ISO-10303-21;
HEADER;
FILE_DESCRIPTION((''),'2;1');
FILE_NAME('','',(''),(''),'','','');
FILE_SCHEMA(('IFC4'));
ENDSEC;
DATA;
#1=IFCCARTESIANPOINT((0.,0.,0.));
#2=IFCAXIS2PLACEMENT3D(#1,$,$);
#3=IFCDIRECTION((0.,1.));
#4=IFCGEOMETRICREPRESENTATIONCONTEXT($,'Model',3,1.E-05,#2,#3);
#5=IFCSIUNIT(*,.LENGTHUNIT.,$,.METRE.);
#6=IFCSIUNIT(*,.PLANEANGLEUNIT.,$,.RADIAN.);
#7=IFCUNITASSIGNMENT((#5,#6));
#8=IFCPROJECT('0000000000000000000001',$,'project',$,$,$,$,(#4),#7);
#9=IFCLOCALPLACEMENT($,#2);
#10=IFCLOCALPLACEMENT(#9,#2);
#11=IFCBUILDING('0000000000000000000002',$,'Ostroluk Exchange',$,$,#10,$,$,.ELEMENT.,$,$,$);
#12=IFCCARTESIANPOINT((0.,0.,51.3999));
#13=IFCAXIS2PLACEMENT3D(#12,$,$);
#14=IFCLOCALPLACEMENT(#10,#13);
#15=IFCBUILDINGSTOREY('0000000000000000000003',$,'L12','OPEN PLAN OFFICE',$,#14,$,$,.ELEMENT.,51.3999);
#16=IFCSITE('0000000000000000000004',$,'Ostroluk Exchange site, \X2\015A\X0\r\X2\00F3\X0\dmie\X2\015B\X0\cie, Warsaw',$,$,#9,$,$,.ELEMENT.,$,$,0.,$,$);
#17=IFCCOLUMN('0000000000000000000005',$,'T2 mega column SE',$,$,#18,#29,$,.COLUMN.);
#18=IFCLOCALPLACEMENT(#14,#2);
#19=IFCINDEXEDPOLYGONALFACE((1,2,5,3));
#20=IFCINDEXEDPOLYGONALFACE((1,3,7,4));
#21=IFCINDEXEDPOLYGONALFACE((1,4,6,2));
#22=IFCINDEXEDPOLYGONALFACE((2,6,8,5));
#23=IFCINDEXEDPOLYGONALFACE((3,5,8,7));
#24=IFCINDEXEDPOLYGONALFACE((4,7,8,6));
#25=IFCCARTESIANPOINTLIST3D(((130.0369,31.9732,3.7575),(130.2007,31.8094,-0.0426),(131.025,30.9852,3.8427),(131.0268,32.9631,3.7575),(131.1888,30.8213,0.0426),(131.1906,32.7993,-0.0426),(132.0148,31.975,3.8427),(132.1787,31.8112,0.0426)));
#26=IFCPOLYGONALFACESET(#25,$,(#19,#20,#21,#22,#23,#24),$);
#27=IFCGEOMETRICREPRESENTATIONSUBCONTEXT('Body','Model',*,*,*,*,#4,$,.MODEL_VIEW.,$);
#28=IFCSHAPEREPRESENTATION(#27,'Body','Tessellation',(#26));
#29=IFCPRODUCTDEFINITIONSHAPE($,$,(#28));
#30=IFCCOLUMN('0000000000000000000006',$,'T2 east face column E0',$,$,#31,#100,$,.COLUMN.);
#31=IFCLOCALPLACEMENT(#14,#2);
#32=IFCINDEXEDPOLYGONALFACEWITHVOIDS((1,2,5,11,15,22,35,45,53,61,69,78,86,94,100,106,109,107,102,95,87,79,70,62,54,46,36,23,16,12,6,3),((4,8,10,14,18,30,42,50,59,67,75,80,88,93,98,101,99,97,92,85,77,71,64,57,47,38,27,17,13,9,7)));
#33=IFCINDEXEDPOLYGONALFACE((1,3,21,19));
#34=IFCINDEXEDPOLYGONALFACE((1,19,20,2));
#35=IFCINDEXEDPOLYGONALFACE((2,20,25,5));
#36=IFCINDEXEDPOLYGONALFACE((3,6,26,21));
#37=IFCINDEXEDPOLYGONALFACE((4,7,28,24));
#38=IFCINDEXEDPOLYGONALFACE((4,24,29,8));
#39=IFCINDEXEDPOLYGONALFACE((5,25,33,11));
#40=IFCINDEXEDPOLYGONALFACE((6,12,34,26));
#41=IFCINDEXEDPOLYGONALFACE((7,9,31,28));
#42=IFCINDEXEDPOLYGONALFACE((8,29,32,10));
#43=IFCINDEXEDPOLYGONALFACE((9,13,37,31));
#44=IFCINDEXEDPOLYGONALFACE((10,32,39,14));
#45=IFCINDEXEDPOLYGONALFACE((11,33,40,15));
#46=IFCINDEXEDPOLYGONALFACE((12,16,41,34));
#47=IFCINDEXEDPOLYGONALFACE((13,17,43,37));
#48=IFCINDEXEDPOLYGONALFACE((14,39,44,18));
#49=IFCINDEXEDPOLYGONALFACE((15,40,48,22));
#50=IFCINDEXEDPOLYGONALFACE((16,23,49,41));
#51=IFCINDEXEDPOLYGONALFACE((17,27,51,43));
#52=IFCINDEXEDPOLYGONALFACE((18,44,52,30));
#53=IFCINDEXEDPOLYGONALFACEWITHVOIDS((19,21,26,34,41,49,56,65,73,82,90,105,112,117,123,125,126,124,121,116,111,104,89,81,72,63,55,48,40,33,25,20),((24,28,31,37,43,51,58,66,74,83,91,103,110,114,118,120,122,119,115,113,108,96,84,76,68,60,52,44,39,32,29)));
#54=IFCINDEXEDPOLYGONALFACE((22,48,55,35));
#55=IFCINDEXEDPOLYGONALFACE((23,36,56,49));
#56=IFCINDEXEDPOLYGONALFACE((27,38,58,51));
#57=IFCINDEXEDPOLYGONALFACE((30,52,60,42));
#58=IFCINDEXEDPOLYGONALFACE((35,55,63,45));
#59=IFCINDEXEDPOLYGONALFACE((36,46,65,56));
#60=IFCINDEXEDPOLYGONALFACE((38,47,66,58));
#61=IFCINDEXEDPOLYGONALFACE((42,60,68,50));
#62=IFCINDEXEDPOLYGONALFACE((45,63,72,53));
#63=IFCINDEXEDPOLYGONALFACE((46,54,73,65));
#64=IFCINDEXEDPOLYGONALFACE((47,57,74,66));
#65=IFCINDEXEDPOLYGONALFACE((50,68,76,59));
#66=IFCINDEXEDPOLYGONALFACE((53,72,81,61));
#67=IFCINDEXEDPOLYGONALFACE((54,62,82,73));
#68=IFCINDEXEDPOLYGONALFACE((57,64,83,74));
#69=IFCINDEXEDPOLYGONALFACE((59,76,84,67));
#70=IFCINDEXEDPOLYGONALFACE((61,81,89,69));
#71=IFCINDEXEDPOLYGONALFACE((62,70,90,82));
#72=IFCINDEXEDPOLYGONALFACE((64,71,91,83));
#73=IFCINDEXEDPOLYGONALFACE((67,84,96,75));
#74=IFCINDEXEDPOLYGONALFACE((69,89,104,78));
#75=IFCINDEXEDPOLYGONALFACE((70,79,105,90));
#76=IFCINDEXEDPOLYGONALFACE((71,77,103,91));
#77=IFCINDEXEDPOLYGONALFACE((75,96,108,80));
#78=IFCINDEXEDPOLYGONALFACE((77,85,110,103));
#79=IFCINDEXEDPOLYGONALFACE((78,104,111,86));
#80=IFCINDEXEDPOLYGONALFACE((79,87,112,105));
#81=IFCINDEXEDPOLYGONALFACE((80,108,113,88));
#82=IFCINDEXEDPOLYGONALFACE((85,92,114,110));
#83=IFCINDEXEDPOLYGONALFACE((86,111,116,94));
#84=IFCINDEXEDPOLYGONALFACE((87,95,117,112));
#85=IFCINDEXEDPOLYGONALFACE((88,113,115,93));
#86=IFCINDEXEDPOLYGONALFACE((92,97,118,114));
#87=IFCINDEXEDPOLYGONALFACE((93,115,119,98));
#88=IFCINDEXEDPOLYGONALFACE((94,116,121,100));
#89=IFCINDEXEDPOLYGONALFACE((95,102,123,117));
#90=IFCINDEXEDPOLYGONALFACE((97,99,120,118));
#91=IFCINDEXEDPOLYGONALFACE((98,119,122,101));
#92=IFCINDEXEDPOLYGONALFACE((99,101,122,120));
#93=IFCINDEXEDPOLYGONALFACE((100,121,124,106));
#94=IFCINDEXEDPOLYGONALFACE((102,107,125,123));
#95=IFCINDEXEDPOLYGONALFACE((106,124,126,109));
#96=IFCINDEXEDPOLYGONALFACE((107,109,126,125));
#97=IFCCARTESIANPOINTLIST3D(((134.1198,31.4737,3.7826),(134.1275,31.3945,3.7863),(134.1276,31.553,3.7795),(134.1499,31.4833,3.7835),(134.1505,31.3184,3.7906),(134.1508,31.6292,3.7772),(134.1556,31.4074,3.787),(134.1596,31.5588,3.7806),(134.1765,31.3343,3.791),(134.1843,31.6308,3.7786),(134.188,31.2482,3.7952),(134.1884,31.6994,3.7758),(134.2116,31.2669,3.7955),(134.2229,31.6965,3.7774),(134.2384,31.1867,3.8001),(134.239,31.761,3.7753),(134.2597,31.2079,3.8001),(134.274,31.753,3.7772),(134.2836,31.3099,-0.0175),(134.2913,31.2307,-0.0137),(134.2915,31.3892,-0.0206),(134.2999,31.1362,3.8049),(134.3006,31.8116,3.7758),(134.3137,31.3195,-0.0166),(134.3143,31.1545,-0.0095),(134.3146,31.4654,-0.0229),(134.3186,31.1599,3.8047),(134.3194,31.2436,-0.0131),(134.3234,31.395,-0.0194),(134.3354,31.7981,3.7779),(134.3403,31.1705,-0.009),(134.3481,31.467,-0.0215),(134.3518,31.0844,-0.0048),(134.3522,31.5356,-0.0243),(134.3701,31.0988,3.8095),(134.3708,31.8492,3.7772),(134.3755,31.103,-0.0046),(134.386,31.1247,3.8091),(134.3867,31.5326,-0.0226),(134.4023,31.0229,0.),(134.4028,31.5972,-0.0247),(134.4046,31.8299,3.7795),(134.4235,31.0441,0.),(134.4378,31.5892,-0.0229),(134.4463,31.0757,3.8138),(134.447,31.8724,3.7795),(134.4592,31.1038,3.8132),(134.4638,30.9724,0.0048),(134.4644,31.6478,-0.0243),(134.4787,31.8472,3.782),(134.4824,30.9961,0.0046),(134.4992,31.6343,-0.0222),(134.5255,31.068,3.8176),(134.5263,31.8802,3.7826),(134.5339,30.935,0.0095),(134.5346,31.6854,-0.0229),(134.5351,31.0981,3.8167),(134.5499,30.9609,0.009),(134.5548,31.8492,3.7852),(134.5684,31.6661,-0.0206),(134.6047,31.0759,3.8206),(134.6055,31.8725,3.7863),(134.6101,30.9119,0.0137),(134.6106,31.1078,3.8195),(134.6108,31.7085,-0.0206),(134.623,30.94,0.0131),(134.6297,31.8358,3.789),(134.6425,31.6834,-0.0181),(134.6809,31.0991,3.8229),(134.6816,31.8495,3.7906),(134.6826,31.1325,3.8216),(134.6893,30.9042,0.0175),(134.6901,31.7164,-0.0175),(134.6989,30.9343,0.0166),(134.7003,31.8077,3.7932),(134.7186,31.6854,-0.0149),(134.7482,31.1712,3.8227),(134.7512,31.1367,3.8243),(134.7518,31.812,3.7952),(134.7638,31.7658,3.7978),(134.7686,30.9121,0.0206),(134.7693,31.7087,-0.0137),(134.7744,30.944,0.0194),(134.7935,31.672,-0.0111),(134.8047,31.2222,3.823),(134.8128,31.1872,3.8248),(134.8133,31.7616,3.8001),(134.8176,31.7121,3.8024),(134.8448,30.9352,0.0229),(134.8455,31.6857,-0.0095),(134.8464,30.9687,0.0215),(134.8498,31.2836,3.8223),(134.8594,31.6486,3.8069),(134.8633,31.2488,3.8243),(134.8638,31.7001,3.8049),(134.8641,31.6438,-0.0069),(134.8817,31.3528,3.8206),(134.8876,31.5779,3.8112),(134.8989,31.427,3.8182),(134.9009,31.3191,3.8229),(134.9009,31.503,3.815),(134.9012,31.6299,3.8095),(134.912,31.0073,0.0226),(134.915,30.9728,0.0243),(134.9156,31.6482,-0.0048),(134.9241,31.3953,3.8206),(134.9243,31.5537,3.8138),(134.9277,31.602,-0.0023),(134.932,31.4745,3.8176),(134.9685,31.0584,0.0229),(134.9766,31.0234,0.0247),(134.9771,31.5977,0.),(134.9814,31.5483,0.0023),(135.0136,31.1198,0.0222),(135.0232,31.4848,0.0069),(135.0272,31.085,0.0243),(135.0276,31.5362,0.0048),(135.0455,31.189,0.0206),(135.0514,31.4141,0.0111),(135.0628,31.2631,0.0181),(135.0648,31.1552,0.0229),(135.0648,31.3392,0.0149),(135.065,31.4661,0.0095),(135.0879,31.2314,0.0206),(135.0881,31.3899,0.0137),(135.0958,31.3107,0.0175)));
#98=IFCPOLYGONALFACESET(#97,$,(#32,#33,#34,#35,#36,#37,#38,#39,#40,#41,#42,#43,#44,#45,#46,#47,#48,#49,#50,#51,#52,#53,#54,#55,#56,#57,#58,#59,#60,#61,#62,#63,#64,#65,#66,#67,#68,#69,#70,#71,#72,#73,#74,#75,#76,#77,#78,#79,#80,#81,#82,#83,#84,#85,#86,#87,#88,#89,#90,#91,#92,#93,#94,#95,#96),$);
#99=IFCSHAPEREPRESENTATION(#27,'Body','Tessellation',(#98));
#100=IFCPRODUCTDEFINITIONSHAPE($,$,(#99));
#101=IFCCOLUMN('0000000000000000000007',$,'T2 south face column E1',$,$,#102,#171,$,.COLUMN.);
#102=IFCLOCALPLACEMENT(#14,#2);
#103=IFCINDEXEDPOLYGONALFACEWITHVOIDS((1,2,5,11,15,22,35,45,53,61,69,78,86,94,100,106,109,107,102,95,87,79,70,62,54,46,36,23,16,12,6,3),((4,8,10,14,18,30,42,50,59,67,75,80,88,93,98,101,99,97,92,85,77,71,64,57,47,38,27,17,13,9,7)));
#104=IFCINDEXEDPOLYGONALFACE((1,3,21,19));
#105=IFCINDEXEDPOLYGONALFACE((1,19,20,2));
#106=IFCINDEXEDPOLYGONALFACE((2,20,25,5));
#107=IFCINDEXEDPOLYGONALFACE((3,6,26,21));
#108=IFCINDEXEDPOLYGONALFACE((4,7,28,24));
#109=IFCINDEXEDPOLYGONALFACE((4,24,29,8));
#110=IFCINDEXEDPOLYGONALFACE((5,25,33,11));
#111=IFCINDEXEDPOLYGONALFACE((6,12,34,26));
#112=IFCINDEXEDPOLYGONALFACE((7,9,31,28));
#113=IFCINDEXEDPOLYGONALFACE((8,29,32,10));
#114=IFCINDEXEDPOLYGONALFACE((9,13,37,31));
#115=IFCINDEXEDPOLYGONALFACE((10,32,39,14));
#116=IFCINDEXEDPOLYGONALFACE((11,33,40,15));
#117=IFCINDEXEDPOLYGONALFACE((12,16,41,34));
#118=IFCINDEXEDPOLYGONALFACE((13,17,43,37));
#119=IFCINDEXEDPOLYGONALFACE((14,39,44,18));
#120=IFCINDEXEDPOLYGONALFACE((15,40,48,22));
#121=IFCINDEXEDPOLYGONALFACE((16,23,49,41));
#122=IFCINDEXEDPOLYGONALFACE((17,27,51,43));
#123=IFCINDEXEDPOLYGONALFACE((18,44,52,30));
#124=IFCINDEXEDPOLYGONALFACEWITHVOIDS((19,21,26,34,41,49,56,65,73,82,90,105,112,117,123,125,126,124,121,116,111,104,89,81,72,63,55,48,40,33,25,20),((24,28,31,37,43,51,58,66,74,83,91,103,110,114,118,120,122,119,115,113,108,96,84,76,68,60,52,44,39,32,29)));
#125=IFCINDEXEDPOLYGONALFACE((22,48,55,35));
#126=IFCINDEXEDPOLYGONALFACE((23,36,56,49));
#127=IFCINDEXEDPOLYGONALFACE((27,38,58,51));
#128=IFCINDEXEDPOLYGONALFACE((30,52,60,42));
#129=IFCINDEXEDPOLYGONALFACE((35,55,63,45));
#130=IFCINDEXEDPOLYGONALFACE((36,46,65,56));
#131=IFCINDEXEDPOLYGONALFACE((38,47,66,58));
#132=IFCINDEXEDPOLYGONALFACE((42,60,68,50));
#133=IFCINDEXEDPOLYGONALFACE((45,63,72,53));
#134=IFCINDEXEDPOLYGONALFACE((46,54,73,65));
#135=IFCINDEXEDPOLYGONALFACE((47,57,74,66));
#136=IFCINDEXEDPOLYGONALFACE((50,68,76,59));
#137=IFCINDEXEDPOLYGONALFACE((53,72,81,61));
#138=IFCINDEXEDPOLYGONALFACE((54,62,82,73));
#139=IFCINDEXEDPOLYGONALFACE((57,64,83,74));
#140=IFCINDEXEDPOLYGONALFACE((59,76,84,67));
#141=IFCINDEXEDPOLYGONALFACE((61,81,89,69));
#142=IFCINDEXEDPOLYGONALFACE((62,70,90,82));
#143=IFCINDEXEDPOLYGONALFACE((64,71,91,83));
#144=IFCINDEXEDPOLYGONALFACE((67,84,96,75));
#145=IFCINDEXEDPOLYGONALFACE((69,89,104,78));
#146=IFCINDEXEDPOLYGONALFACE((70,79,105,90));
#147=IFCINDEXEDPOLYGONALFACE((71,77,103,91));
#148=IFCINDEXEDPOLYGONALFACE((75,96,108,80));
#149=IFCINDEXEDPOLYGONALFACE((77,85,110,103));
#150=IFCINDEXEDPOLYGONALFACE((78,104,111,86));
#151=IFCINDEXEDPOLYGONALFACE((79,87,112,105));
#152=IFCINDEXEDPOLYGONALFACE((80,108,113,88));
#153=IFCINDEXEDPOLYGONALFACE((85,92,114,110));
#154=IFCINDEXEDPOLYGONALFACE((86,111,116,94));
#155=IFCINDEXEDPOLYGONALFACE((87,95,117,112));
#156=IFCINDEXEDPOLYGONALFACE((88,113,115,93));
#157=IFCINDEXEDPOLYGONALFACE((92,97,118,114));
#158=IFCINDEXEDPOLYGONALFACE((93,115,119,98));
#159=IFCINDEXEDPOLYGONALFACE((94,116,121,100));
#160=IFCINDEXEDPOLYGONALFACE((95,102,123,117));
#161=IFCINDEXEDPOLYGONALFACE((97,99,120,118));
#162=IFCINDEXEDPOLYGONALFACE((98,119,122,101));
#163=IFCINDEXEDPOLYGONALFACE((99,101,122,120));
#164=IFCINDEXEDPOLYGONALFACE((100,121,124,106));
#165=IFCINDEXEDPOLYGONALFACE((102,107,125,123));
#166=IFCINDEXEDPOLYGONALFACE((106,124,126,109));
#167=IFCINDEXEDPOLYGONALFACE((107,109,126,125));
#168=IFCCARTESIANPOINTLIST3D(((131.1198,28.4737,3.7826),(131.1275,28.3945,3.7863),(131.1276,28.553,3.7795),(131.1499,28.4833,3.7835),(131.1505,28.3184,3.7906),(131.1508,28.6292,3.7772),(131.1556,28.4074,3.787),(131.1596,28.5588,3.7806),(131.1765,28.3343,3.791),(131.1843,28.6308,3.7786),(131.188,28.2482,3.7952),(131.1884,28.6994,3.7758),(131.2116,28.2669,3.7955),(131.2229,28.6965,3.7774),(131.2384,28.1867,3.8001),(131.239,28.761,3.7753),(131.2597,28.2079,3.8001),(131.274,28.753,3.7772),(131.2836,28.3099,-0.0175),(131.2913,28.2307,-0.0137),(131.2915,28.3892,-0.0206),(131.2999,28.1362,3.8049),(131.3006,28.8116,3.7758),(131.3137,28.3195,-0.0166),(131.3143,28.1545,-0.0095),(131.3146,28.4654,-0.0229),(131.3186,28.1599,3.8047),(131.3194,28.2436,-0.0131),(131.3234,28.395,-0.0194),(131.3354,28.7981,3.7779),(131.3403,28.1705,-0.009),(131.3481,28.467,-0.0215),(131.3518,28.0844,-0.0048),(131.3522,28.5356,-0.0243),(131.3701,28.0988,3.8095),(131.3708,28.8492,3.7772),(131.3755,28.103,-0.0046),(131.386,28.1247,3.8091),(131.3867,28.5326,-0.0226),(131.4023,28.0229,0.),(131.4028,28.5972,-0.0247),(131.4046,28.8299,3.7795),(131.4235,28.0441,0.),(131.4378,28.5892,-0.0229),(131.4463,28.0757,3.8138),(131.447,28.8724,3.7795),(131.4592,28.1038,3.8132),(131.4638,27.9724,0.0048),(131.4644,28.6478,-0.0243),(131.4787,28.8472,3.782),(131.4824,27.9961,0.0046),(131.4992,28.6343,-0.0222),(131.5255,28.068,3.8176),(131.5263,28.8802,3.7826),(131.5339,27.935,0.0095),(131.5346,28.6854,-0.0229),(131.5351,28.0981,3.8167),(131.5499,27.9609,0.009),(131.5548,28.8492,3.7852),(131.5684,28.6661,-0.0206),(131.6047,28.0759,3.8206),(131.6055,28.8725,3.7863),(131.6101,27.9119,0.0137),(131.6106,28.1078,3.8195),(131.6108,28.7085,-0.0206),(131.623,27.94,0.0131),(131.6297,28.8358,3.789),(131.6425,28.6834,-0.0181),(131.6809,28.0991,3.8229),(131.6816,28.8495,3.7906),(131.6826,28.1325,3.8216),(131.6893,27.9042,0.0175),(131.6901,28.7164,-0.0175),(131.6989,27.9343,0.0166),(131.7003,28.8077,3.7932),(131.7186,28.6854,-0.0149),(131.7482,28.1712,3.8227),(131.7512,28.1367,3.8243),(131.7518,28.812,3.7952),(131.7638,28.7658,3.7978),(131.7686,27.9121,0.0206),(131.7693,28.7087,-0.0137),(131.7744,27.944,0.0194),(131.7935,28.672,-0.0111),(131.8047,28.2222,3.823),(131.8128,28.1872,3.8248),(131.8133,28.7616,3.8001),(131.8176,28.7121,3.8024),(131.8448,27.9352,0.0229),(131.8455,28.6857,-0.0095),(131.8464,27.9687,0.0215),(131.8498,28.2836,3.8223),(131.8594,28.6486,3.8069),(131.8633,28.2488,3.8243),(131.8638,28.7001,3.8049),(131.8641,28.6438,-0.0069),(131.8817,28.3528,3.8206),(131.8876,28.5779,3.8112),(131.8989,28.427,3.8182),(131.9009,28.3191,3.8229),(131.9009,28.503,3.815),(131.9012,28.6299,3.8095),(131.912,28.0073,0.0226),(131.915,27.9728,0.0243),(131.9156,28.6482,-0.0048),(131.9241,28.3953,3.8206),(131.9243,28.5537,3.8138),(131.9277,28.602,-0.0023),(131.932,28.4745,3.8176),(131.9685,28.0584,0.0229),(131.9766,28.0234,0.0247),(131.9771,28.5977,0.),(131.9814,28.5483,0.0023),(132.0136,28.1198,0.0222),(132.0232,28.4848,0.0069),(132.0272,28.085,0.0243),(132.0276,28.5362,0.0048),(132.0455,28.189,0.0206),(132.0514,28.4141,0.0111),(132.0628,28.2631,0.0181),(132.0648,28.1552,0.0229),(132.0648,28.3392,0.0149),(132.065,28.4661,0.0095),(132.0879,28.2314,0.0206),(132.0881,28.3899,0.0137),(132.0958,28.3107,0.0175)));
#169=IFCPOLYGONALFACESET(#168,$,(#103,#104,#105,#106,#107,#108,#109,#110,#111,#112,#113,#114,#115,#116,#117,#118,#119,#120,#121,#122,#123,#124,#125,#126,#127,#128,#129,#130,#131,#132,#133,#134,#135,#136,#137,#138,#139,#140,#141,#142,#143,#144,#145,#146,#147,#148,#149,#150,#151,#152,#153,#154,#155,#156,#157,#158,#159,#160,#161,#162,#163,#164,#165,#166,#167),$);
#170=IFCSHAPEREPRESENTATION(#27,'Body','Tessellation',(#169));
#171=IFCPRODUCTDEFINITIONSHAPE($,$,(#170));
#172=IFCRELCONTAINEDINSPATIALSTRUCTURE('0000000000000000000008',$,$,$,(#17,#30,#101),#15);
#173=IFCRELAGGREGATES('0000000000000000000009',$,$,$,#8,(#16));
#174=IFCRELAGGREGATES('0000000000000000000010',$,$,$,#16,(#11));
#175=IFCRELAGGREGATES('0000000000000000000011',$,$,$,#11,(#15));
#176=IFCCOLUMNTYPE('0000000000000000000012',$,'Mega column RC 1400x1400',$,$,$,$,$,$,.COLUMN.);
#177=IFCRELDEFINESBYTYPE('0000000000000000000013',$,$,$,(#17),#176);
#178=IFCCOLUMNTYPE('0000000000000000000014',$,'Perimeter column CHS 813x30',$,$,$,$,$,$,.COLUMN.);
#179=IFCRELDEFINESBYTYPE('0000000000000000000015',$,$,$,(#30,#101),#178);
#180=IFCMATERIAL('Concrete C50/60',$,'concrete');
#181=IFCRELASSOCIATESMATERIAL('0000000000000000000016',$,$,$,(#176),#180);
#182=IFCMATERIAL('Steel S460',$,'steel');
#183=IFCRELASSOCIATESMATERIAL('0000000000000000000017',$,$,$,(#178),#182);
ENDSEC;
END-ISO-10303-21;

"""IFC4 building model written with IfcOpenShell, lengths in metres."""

from ifc_helpers import new_model, si_unit, direction, frame, origin, origin_2d, place, context, subcontext, project, spatial, rectangle, hollow_circle, extrude, material, material_profile, profile_set, type_object, element, save


model = new_model("IFC4")

# Units and contexts
model_context = context("Model", 3, precision=1e-05, world=origin(), true_north=direction((0.0, 1.0)))
body_context = subcontext(model_context, "Body", "Model", "MODEL_VIEW")
ifc_project = project(units=[si_unit("LENGTHUNIT", "METRE"), si_unit("PLANEANGLEUNIT", "RADIAN")], contexts=[model_context])

# Site, building, storey
site_placement = place(None, origin())
site = spatial("IfcSite", under=ifc_project, at=site_placement, Name="Ostroluk Exchange site, Śródmieście, Warsaw", CompositionType="ELEMENT", RefElevation=0.0)
building_placement = place(site_placement, origin())
building = spatial("IfcBuilding", under=site, at=building_placement, Name="Ostroluk Exchange", CompositionType="ELEMENT")
storey_placement = place(building_placement, frame((0.0, 0.0, 51.3999)))
storey = spatial("IfcBuildingStorey", under=building, at=storey_placement, Name="L12", Description="OPEN PLAN OFFICE", CompositionType="ELEMENT", Elevation=51.3999)

# Columns
ifc_material_1 = material(Name="Concrete C50/60", Category="concrete")
ifc_material_profile_1 = material_profile(ifc_material_1, rectangle(XDim=1.3999, YDim=1.3999, at=origin_2d()), Name="RC 1400x1400")
ifc_profile_set_1 = profile_set([ifc_material_profile_1], Name="Concrete C50/60")
column_type_1 = type_object("IfcColumnType", Name="Mega column RC 1400x1400", PredefinedType="COLUMN", material=ifc_profile_set_1)
column_placement = place(storey_placement, frame((131.1897, 31.8103, 0.0), z_axis=(-0.04303, 0.04303, 0.998147), x_axis=(-0.707107, -0.707107, 0.0)))
element("IfcColumn", 1, at=column_placement, inside=storey, type_object=column_type_1, Name="T2 mega column SE", PredefinedType="COLUMN", context=body_context, shape_type="SweptSolid", body=[
    extrude(rectangle(XDim=1.3999, YDim=1.3999, at=origin_2d()), origin(), (0.0, 0.0, 1.0), 3.8071),
])
ifc_material_2 = material(Name="Steel S460", Category="steel")
ifc_material_profile_2 = material_profile(ifc_material_2, hollow_circle(Radius=0.4065, WallThickness=0.03, at=origin_2d()), Name="CHS 813x30")
ifc_profile_set_2 = profile_set([ifc_material_profile_2], Name="Steel S460")
column_type_2 = type_object("IfcColumnType", Name="Perimeter column CHS 813x30", PredefinedType="COLUMN", material=ifc_profile_set_2)
for number, where, z_axis, x_axis, name in (
    (2, (134.6897, 31.3103, 0.0), (-0.04303, 0.04303, 0.998147), (-0.707107, -0.707107, 0.0), "T2 east face column E0"),
    (3, (131.6897, 28.3103, 0.0), (-0.04303, 0.04303, 0.998147), (-0.707107, -0.707107, 0.0), "T2 south face column E1"),
):
    element("IfcColumn", number, at=place(storey_placement, frame(where, z_axis=z_axis, x_axis=x_axis)), inside=storey, type_object=column_type_2, Name=name, PredefinedType="COLUMN", context=body_context, shape_type="SweptSolid", body=[
        extrude(hollow_circle(Radius=0.4065, WallThickness=0.03, at=origin_2d()), origin(), (0.0, 0.0, 1.0), 3.8071),
    ])

save(model, "model.ifc")
